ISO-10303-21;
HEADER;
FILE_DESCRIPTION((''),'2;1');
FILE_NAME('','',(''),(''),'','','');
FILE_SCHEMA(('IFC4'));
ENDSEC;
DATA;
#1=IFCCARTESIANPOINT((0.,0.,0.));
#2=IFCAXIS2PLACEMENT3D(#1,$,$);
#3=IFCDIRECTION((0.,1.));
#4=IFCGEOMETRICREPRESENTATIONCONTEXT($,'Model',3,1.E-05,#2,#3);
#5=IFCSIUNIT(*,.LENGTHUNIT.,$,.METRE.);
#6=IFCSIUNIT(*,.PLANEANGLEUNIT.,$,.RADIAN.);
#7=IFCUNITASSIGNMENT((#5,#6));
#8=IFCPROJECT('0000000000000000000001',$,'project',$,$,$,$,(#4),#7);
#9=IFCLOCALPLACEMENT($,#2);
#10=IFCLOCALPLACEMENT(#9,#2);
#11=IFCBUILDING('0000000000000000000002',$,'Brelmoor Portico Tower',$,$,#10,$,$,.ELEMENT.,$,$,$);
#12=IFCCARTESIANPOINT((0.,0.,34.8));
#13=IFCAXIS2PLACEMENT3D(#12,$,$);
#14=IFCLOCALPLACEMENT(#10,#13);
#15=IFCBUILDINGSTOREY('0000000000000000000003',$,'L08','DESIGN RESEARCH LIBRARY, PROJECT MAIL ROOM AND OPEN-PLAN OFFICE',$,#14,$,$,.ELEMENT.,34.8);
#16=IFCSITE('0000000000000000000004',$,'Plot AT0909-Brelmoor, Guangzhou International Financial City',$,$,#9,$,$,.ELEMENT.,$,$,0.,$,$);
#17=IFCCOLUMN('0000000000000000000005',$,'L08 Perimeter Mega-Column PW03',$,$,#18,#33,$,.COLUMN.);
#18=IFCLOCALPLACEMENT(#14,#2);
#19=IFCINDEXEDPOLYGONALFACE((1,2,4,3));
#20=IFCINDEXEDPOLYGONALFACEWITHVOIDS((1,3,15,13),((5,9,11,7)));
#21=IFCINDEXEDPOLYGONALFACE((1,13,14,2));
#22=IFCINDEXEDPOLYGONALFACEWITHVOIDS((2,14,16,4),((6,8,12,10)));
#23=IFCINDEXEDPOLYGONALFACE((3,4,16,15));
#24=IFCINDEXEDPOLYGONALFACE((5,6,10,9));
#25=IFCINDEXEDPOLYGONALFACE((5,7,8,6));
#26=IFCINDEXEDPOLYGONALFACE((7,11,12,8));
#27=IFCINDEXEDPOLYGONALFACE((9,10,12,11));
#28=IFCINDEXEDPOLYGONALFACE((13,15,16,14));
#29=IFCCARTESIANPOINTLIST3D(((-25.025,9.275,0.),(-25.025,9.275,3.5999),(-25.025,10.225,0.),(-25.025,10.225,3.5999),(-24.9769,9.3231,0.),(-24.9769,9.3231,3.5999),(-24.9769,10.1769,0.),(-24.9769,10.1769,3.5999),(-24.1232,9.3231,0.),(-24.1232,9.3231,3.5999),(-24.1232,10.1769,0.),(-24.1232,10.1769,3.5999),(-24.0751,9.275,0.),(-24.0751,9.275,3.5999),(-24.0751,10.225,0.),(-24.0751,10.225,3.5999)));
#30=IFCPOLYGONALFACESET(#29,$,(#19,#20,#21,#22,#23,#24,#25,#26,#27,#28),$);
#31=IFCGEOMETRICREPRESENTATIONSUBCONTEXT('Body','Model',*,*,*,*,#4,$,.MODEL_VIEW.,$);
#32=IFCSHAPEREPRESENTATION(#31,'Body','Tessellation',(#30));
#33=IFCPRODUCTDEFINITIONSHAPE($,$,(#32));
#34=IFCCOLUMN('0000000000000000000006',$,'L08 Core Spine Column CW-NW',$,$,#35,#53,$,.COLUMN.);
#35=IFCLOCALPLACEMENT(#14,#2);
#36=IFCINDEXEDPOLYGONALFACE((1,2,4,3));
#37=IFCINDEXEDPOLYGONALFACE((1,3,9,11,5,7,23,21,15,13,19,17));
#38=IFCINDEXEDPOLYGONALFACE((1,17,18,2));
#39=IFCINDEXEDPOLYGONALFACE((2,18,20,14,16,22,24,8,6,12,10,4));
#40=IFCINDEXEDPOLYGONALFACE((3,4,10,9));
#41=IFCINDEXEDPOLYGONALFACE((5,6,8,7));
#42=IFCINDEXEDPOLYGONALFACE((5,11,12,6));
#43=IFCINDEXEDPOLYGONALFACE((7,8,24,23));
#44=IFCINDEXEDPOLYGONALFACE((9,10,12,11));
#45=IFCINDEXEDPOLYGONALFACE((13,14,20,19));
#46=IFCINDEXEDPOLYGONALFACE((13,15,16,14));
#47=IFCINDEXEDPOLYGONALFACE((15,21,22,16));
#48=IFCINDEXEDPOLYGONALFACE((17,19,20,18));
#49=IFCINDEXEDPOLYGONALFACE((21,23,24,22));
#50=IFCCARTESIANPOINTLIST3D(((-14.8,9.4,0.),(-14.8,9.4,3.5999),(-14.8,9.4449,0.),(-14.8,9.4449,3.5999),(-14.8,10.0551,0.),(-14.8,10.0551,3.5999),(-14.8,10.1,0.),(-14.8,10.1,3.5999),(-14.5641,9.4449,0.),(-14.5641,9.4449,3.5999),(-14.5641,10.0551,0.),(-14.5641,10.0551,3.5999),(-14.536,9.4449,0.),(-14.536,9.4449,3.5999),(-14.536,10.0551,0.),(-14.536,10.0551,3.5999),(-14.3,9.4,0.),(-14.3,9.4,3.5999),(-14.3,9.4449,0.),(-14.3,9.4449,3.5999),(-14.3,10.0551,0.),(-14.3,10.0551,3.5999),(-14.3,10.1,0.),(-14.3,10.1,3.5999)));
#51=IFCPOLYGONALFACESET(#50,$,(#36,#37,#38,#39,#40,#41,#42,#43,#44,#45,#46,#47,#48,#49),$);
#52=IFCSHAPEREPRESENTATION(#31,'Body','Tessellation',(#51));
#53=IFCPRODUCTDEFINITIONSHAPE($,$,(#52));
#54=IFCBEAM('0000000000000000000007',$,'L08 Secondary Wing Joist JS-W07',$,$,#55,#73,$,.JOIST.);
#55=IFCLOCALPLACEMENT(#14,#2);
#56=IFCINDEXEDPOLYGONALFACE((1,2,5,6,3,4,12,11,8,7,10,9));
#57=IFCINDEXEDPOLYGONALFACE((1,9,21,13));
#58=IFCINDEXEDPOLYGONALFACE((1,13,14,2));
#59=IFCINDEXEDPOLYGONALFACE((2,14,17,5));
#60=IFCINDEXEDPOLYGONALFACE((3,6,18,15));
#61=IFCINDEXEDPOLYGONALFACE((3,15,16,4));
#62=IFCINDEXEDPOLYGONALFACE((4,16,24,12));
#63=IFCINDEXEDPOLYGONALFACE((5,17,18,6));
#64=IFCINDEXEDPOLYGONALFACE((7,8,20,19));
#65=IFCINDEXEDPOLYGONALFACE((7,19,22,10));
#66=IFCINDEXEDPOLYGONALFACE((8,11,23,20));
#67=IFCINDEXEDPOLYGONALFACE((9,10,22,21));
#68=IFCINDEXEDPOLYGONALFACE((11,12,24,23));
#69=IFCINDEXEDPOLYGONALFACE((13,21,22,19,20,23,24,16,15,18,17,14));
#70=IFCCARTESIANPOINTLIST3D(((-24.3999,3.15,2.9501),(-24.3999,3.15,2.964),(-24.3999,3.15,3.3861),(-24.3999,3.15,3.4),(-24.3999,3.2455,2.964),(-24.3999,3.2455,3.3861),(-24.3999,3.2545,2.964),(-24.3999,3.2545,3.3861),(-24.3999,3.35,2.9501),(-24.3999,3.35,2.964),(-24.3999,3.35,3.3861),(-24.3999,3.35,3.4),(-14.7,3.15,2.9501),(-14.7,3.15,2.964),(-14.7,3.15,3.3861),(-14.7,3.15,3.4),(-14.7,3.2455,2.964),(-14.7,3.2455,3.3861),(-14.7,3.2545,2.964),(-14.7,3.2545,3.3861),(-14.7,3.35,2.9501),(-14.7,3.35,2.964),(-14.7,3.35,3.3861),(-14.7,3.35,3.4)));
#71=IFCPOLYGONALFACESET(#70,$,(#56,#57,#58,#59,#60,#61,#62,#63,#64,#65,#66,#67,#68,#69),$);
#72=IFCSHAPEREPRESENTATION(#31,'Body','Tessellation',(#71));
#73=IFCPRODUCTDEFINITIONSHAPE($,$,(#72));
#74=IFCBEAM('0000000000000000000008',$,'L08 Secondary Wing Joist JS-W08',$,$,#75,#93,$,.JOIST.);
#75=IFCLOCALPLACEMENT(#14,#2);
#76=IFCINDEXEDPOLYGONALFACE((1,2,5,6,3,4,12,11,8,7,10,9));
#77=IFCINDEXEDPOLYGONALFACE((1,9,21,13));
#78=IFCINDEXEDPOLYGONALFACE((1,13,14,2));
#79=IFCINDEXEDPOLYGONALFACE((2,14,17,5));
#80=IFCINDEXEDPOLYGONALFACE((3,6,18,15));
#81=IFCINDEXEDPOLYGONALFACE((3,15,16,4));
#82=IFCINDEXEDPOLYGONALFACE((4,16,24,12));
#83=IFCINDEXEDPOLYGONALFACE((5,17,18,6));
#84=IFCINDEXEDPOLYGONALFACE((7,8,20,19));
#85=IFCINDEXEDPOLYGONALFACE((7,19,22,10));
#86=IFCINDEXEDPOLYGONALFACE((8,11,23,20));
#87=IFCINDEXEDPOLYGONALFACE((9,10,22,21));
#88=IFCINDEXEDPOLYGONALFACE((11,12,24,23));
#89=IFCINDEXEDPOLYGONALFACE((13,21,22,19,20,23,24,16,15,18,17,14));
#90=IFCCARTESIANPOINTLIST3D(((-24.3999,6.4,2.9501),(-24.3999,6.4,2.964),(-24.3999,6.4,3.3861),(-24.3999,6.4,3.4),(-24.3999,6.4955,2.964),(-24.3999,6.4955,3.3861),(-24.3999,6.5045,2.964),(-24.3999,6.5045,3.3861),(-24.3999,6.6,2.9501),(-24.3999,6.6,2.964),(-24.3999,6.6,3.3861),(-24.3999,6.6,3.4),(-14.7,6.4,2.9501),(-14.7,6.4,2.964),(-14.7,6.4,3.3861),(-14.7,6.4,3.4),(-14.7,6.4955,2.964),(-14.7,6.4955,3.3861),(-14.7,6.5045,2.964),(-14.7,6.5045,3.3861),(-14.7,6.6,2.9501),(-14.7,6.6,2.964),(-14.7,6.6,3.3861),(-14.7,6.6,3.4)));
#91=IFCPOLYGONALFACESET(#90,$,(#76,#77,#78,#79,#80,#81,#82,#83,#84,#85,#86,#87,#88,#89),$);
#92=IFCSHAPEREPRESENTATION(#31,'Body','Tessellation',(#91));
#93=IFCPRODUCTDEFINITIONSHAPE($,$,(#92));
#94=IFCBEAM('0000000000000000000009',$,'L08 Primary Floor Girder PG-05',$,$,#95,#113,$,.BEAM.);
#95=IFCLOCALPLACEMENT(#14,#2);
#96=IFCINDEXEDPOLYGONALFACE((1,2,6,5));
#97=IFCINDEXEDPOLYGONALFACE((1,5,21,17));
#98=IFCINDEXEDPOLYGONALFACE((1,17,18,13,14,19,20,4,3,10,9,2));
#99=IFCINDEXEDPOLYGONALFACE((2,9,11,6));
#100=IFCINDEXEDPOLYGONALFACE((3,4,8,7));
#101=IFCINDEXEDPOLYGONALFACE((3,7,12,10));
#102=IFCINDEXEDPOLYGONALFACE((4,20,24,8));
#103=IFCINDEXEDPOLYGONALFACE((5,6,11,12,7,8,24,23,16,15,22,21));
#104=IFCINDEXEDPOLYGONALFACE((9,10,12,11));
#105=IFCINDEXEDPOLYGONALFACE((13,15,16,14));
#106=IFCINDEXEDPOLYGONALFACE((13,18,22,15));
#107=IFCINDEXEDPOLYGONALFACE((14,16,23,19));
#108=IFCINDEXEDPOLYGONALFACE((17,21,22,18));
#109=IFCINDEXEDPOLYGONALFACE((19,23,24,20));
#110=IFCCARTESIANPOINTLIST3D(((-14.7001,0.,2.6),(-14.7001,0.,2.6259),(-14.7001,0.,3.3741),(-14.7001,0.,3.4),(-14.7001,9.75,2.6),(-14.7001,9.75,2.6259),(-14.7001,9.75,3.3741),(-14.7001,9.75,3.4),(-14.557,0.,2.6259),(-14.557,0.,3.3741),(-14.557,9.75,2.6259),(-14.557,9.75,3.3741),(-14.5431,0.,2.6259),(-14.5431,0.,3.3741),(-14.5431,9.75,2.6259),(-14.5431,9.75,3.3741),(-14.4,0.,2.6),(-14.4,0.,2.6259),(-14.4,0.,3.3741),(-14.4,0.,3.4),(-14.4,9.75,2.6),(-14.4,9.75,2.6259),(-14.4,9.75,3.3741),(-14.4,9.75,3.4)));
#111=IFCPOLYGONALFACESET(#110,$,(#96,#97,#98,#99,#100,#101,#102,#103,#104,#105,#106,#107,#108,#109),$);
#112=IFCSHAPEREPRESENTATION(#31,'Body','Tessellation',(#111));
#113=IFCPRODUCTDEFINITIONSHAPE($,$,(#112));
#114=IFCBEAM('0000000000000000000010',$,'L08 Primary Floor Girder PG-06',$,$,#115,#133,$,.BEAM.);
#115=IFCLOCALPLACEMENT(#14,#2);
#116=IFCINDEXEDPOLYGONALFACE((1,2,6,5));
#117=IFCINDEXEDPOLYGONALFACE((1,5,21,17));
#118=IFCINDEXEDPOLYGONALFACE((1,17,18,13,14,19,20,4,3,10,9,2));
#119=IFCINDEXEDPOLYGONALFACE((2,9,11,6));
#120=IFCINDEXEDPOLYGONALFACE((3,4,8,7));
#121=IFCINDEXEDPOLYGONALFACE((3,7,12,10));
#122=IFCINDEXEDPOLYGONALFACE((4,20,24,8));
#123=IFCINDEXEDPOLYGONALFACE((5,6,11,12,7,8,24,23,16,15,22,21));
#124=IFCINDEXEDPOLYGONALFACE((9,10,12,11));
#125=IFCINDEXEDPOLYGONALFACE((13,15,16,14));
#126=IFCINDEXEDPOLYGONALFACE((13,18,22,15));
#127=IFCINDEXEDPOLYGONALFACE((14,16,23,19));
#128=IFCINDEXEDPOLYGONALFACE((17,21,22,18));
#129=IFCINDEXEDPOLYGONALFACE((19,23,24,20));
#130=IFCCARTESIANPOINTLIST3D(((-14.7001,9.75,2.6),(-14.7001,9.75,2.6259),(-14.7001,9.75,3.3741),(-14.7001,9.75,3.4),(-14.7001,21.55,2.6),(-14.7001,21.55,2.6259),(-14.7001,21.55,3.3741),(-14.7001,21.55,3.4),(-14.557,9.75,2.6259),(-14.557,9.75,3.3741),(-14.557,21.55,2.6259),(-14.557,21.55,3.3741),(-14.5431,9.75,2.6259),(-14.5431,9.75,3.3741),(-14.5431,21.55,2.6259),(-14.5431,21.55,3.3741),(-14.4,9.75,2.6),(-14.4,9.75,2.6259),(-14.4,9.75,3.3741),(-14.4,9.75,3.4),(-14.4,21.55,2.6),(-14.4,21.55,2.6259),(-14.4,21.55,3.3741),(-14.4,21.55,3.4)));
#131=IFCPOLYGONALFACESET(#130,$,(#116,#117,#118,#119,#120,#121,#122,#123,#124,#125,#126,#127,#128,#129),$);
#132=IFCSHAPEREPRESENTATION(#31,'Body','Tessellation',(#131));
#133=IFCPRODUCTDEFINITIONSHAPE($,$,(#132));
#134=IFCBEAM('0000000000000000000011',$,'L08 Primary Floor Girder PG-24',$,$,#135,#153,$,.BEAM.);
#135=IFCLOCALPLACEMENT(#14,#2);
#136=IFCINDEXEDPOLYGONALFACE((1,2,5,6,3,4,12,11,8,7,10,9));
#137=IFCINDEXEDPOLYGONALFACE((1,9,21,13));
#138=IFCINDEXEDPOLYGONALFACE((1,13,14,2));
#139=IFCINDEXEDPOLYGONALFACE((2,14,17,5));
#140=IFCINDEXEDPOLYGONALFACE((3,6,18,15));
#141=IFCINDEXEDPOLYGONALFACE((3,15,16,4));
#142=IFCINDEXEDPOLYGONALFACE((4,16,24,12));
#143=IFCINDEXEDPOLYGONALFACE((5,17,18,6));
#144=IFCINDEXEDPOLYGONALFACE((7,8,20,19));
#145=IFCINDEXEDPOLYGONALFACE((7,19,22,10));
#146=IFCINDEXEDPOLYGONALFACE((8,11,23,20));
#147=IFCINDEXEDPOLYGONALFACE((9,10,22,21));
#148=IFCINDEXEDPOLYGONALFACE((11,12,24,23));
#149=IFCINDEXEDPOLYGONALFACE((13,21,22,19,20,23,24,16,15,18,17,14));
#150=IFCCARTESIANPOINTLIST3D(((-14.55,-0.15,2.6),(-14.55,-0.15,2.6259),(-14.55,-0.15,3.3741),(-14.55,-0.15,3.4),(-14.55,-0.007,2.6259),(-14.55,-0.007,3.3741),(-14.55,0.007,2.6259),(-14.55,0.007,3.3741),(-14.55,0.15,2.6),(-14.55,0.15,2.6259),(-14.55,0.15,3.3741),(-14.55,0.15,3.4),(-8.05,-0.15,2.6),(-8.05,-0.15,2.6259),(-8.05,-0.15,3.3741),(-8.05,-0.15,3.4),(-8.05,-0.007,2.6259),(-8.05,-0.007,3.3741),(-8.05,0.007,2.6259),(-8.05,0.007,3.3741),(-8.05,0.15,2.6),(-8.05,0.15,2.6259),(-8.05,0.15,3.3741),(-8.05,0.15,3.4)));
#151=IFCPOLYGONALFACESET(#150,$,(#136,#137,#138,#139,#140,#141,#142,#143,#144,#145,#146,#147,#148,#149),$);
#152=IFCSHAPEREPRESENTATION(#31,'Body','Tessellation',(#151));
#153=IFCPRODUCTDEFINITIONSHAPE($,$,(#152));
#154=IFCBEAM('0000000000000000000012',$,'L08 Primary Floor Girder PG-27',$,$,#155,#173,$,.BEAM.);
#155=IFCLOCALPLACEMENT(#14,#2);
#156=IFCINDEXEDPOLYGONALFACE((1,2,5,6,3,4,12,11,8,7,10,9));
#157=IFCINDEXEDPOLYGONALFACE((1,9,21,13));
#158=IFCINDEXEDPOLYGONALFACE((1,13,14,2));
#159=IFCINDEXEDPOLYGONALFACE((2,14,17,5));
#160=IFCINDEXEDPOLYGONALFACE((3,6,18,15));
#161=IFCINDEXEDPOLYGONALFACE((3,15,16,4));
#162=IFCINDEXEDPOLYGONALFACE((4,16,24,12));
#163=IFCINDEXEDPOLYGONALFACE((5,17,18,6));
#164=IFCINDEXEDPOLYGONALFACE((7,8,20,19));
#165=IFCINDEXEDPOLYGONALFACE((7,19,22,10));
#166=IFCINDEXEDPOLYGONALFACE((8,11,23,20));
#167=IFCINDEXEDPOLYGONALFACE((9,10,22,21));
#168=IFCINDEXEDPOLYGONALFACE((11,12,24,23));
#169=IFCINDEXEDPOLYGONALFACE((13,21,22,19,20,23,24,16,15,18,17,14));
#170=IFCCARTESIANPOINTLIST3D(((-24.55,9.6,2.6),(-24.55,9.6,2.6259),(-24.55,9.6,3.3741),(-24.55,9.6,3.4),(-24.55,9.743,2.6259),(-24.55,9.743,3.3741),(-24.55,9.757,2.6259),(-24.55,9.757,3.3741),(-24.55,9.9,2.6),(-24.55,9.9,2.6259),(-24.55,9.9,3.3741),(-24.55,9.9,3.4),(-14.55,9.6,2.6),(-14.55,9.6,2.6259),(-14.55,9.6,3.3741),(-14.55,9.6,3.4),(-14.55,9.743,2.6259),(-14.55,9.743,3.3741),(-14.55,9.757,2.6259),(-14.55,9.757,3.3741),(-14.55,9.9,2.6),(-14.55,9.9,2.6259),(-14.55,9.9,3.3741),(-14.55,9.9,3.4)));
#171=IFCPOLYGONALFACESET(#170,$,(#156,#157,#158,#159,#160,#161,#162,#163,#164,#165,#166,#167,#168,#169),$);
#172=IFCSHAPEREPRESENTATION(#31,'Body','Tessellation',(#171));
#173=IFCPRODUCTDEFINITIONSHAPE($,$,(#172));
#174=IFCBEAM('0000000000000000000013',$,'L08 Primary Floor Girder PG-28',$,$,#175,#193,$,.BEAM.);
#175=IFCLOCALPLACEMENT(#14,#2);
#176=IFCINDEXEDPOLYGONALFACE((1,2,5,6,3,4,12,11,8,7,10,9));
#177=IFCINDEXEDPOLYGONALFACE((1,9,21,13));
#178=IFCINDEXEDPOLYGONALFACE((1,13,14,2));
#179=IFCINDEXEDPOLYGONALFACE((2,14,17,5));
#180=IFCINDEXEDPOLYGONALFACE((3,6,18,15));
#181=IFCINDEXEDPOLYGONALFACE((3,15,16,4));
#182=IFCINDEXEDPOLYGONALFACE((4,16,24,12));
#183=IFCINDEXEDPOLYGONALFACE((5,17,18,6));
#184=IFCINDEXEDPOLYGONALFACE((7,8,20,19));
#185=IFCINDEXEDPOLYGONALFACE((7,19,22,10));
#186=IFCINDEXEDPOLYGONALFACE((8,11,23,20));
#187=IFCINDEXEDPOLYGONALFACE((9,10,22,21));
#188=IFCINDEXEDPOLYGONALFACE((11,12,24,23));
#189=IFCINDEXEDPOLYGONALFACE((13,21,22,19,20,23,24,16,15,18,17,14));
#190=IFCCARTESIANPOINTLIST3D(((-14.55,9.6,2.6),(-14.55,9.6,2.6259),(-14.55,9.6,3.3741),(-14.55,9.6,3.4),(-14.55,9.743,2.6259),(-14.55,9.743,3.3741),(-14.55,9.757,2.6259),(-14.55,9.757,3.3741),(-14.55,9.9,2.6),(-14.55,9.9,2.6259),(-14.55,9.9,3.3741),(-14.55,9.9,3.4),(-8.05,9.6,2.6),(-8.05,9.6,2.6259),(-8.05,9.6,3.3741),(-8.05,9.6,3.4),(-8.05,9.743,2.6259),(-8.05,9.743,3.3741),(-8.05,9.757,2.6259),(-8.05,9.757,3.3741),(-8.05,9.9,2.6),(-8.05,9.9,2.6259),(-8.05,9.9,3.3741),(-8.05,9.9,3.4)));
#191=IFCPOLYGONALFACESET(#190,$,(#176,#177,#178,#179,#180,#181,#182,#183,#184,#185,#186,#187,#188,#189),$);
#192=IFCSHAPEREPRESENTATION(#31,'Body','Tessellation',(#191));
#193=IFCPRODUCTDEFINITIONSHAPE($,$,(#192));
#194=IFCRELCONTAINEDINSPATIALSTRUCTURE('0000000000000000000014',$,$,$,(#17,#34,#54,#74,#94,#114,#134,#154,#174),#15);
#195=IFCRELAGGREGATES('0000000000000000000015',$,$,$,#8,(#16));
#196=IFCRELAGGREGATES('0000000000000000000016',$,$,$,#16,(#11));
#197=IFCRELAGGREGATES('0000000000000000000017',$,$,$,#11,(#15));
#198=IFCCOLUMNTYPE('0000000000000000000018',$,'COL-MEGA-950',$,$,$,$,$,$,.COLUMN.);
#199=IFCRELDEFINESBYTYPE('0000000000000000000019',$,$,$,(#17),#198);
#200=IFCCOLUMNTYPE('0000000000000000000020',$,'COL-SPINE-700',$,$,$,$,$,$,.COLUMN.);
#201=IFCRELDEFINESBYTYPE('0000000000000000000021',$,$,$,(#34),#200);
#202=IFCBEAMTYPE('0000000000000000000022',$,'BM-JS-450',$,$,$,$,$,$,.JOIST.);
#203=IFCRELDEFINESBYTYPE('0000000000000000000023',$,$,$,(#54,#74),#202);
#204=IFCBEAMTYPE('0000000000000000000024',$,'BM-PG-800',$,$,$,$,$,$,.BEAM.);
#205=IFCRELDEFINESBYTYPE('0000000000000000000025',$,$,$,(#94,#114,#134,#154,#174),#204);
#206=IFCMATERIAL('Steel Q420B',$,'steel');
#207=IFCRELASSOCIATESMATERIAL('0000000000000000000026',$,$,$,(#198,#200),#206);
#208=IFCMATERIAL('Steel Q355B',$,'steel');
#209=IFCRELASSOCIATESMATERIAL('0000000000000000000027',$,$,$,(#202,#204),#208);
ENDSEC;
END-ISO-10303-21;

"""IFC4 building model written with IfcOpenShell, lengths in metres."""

from ifc_helpers import new_model, si_unit, direction, frame, origin, origin_2d, place, context, subcontext, project, spatial, hollow_rectangle, i_section, extrude, material, material_profile, profile_set, type_object, element, save


model = new_model("IFC4")

# Units and contexts
model_context = context("Model", 3, precision=1e-05, world=origin(), true_north=direction((0.0, 1.0)))
body_context = subcontext(model_context, "Body", "Model", "MODEL_VIEW")
ifc_project = project(units=[si_unit("LENGTHUNIT", "METRE"), si_unit("PLANEANGLEUNIT", "RADIAN")], contexts=[model_context])

# Site, building, storey
site_placement = place(None, origin())
site = spatial("IfcSite", under=ifc_project, at=site_placement, Name="Plot AT0909-Brelmoor, Guangzhou International Financial City", CompositionType="ELEMENT", RefElevation=0.0)
building_placement = place(site_placement, origin())
building = spatial("IfcBuilding", under=site, at=building_placement, Name="Brelmoor Portico Tower", CompositionType="ELEMENT")
storey_placement = place(building_placement, frame((0.0, 0.0, 34.8)))
storey = spatial("IfcBuildingStorey", under=building, at=storey_placement, Name="L08", Description="DESIGN RESEARCH LIBRARY, PROJECT MAIL ROOM AND OPEN-PLAN OFFICE", CompositionType="ELEMENT", Elevation=34.8)

# Columns
ifc_material_1 = material(Name="Steel Q420B", Category="steel")
ifc_material_profile_1 = material_profile(ifc_material_1, hollow_rectangle(XDim=0.95, YDim=0.95, WallThickness=0.0481, at=origin_2d()), Name="BOX 950x950x48")
ifc_profile_set_1 = profile_set([ifc_material_profile_1], Name="Steel Q420B")
column_type_1 = type_object("IfcColumnType", Name="COL-MEGA-950", PredefinedType="COLUMN", material=ifc_profile_set_1)
column_1_placement = place(storey_placement, frame((-24.55, 9.75, 0.0), z_axis=(0.0, 0.0, 1.0), x_axis=(0.0, 1.0, 0.0)))
element("IfcColumn", 1, at=column_1_placement, inside=storey, type_object=column_type_1, Name="L08 Perimeter Mega-Column PW03", PredefinedType="COLUMN", context=body_context, shape_type="SweptSolid", body=[
    extrude(hollow_rectangle(XDim=0.95, YDim=0.95, WallThickness=0.0481, at=origin_2d()), origin(), (0.0, 0.0, 1.0), 3.5999),
])
ifc_material_profile_2 = material_profile(ifc_material_1, i_section(OverallWidth=0.5, OverallDepth=0.7, WebThickness=0.0281, FlangeThickness=0.0449, at=origin_2d()), Name="HW 700x500x28x45")
ifc_profile_set_2 = profile_set([ifc_material_profile_2], Name="Steel Q420B")
column_type_2 = type_object("IfcColumnType", Name="COL-SPINE-700", PredefinedType="COLUMN", material=ifc_profile_set_2)
column_2_placement = place(storey_placement, frame((-14.55, 9.75, 0.0), z_axis=(0.0, 0.0, 1.0), x_axis=(1.0, 0.0, 0.0)))
element("IfcColumn", 2, at=column_2_placement, inside=storey, type_object=column_type_2, Name="L08 Core Spine Column CW-NW", PredefinedType="COLUMN", context=body_context, shape_type="SweptSolid", body=[
    extrude(i_section(OverallWidth=0.5, OverallDepth=0.7, WebThickness=0.0281, FlangeThickness=0.0449, at=origin_2d()), origin(), (0.0, 0.0, 1.0), 3.5999),
])

# Beams
ifc_material_2 = material(Name="Steel Q355B", Category="steel")
ifc_material_profile_3 = material_profile(ifc_material_2, i_section(OverallWidth=0.2, OverallDepth=0.45, WebThickness=0.009, FlangeThickness=0.0139, at=origin_2d()), Name="HN 450x200x9x14")
ifc_profile_set_3 = profile_set([ifc_material_profile_3], Name="Steel Q355B")
beam_type_1 = type_object("IfcBeamType", Name="BM-JS-450", PredefinedType="JOIST", material=ifc_profile_set_3)
for number, where, z_axis, x_axis, name in (
    (3, (-24.3999, 3.25, 3.175), (1.0, 0.0, 0.0), (0.0, 1.0, 0.0), "L08 Secondary Wing Joist JS-W07"),
    (4, (-24.3999, 6.5, 3.175), (1.0, 0.0, 0.0), (0.0, 1.0, 0.0), "L08 Secondary Wing Joist JS-W08"),
):
    element("IfcBeam", number, at=place(storey_placement, frame(where, z_axis=z_axis, x_axis=x_axis)), inside=storey, type_object=beam_type_1, Name=name, PredefinedType="JOIST", context=body_context, shape_type="SweptSolid", body=[
        extrude(i_section(OverallWidth=0.2, OverallDepth=0.45, WebThickness=0.009, FlangeThickness=0.0139, at=origin_2d()), origin(), (0.0, 0.0, 1.0), 9.7),
    ])
ifc_material_profile_4 = material_profile(ifc_material_2, i_section(OverallWidth=0.3, OverallDepth=0.8, WebThickness=0.0139, FlangeThickness=0.0259, at=origin_2d()), Name="HN 800x300x14x26")
ifc_profile_set_4 = profile_set([ifc_material_profile_4], Name="Steel Q355B")
beam_type_2 = type_object("IfcBeamType", Name="BM-PG-800", PredefinedType="BEAM", material=ifc_profile_set_4)
beam_1_placement = place(storey_placement, frame((-14.55, 0.0, 3.0), z_axis=(0.0, 1.0, 0.0), x_axis=(-1.0, 0.0, 0.0)))
element("IfcBeam", 5, at=beam_1_placement, inside=storey, type_object=beam_type_2, Name="L08 Primary Floor Girder PG-05", PredefinedType="BEAM", context=body_context, shape_type="SweptSolid", body=[
    extrude(i_section(OverallWidth=0.3, OverallDepth=0.8, WebThickness=0.0139, FlangeThickness=0.0259, at=origin_2d()), origin(), (0.0, 0.0, 1.0), 9.75),
])
beam_2_placement = place(storey_placement, frame((-14.55, 9.75, 3.0), z_axis=(0.0, 1.0, 0.0), x_axis=(-1.0, 0.0, 0.0)))
element("IfcBeam", 6, at=beam_2_placement, inside=storey, type_object=beam_type_2, Name="L08 Primary Floor Girder PG-06", PredefinedType="BEAM", context=body_context, shape_type="SweptSolid", body=[
    extrude(i_section(OverallWidth=0.3, OverallDepth=0.8, WebThickness=0.0139, FlangeThickness=0.0259, at=origin_2d()), origin(), (0.0, 0.0, 1.0), 11.8),
])
beam_3_placement = place(storey_placement, frame((-14.55, 0.0, 3.0), z_axis=(1.0, 0.0, 0.0), x_axis=(0.0, 1.0, 0.0)))
element("IfcBeam", 7, at=beam_3_placement, inside=storey, type_object=beam_type_2, Name="L08 Primary Floor Girder PG-24", PredefinedType="BEAM", context=body_context, shape_type="SweptSolid", body=[
    extrude(i_section(OverallWidth=0.3, OverallDepth=0.8, WebThickness=0.0139, FlangeThickness=0.0259, at=origin_2d()), origin(), (0.0, 0.0, 1.0), 6.5),
])
beam_4_placement = place(storey_placement, frame((-24.55, 9.75, 3.0), z_axis=(1.0, 0.0, 0.0), x_axis=(0.0, 1.0, 0.0)))
element("IfcBeam", 8, at=beam_4_placement, inside=storey, type_object=beam_type_2, Name="L08 Primary Floor Girder PG-27", PredefinedType="BEAM", context=body_context, shape_type="SweptSolid", body=[
    extrude(i_section(OverallWidth=0.3, OverallDepth=0.8, WebThickness=0.0139, FlangeThickness=0.0259, at=origin_2d()), origin(), (0.0, 0.0, 1.0), 10.0),
])
beam_5_placement = place(storey_placement, frame((-14.55, 9.75, 3.0), z_axis=(1.0, 0.0, 0.0), x_axis=(0.0, 1.0, 0.0)))
element("IfcBeam", 9, at=beam_5_placement, inside=storey, type_object=beam_type_2, Name="L08 Primary Floor Girder PG-28", PredefinedType="BEAM", context=body_context, shape_type="SweptSolid", body=[
    extrude(i_section(OverallWidth=0.3, OverallDepth=0.8, WebThickness=0.0139, FlangeThickness=0.0259, at=origin_2d()), origin(), (0.0, 0.0, 1.0), 6.5),
])

save(model, "model.ifc")
